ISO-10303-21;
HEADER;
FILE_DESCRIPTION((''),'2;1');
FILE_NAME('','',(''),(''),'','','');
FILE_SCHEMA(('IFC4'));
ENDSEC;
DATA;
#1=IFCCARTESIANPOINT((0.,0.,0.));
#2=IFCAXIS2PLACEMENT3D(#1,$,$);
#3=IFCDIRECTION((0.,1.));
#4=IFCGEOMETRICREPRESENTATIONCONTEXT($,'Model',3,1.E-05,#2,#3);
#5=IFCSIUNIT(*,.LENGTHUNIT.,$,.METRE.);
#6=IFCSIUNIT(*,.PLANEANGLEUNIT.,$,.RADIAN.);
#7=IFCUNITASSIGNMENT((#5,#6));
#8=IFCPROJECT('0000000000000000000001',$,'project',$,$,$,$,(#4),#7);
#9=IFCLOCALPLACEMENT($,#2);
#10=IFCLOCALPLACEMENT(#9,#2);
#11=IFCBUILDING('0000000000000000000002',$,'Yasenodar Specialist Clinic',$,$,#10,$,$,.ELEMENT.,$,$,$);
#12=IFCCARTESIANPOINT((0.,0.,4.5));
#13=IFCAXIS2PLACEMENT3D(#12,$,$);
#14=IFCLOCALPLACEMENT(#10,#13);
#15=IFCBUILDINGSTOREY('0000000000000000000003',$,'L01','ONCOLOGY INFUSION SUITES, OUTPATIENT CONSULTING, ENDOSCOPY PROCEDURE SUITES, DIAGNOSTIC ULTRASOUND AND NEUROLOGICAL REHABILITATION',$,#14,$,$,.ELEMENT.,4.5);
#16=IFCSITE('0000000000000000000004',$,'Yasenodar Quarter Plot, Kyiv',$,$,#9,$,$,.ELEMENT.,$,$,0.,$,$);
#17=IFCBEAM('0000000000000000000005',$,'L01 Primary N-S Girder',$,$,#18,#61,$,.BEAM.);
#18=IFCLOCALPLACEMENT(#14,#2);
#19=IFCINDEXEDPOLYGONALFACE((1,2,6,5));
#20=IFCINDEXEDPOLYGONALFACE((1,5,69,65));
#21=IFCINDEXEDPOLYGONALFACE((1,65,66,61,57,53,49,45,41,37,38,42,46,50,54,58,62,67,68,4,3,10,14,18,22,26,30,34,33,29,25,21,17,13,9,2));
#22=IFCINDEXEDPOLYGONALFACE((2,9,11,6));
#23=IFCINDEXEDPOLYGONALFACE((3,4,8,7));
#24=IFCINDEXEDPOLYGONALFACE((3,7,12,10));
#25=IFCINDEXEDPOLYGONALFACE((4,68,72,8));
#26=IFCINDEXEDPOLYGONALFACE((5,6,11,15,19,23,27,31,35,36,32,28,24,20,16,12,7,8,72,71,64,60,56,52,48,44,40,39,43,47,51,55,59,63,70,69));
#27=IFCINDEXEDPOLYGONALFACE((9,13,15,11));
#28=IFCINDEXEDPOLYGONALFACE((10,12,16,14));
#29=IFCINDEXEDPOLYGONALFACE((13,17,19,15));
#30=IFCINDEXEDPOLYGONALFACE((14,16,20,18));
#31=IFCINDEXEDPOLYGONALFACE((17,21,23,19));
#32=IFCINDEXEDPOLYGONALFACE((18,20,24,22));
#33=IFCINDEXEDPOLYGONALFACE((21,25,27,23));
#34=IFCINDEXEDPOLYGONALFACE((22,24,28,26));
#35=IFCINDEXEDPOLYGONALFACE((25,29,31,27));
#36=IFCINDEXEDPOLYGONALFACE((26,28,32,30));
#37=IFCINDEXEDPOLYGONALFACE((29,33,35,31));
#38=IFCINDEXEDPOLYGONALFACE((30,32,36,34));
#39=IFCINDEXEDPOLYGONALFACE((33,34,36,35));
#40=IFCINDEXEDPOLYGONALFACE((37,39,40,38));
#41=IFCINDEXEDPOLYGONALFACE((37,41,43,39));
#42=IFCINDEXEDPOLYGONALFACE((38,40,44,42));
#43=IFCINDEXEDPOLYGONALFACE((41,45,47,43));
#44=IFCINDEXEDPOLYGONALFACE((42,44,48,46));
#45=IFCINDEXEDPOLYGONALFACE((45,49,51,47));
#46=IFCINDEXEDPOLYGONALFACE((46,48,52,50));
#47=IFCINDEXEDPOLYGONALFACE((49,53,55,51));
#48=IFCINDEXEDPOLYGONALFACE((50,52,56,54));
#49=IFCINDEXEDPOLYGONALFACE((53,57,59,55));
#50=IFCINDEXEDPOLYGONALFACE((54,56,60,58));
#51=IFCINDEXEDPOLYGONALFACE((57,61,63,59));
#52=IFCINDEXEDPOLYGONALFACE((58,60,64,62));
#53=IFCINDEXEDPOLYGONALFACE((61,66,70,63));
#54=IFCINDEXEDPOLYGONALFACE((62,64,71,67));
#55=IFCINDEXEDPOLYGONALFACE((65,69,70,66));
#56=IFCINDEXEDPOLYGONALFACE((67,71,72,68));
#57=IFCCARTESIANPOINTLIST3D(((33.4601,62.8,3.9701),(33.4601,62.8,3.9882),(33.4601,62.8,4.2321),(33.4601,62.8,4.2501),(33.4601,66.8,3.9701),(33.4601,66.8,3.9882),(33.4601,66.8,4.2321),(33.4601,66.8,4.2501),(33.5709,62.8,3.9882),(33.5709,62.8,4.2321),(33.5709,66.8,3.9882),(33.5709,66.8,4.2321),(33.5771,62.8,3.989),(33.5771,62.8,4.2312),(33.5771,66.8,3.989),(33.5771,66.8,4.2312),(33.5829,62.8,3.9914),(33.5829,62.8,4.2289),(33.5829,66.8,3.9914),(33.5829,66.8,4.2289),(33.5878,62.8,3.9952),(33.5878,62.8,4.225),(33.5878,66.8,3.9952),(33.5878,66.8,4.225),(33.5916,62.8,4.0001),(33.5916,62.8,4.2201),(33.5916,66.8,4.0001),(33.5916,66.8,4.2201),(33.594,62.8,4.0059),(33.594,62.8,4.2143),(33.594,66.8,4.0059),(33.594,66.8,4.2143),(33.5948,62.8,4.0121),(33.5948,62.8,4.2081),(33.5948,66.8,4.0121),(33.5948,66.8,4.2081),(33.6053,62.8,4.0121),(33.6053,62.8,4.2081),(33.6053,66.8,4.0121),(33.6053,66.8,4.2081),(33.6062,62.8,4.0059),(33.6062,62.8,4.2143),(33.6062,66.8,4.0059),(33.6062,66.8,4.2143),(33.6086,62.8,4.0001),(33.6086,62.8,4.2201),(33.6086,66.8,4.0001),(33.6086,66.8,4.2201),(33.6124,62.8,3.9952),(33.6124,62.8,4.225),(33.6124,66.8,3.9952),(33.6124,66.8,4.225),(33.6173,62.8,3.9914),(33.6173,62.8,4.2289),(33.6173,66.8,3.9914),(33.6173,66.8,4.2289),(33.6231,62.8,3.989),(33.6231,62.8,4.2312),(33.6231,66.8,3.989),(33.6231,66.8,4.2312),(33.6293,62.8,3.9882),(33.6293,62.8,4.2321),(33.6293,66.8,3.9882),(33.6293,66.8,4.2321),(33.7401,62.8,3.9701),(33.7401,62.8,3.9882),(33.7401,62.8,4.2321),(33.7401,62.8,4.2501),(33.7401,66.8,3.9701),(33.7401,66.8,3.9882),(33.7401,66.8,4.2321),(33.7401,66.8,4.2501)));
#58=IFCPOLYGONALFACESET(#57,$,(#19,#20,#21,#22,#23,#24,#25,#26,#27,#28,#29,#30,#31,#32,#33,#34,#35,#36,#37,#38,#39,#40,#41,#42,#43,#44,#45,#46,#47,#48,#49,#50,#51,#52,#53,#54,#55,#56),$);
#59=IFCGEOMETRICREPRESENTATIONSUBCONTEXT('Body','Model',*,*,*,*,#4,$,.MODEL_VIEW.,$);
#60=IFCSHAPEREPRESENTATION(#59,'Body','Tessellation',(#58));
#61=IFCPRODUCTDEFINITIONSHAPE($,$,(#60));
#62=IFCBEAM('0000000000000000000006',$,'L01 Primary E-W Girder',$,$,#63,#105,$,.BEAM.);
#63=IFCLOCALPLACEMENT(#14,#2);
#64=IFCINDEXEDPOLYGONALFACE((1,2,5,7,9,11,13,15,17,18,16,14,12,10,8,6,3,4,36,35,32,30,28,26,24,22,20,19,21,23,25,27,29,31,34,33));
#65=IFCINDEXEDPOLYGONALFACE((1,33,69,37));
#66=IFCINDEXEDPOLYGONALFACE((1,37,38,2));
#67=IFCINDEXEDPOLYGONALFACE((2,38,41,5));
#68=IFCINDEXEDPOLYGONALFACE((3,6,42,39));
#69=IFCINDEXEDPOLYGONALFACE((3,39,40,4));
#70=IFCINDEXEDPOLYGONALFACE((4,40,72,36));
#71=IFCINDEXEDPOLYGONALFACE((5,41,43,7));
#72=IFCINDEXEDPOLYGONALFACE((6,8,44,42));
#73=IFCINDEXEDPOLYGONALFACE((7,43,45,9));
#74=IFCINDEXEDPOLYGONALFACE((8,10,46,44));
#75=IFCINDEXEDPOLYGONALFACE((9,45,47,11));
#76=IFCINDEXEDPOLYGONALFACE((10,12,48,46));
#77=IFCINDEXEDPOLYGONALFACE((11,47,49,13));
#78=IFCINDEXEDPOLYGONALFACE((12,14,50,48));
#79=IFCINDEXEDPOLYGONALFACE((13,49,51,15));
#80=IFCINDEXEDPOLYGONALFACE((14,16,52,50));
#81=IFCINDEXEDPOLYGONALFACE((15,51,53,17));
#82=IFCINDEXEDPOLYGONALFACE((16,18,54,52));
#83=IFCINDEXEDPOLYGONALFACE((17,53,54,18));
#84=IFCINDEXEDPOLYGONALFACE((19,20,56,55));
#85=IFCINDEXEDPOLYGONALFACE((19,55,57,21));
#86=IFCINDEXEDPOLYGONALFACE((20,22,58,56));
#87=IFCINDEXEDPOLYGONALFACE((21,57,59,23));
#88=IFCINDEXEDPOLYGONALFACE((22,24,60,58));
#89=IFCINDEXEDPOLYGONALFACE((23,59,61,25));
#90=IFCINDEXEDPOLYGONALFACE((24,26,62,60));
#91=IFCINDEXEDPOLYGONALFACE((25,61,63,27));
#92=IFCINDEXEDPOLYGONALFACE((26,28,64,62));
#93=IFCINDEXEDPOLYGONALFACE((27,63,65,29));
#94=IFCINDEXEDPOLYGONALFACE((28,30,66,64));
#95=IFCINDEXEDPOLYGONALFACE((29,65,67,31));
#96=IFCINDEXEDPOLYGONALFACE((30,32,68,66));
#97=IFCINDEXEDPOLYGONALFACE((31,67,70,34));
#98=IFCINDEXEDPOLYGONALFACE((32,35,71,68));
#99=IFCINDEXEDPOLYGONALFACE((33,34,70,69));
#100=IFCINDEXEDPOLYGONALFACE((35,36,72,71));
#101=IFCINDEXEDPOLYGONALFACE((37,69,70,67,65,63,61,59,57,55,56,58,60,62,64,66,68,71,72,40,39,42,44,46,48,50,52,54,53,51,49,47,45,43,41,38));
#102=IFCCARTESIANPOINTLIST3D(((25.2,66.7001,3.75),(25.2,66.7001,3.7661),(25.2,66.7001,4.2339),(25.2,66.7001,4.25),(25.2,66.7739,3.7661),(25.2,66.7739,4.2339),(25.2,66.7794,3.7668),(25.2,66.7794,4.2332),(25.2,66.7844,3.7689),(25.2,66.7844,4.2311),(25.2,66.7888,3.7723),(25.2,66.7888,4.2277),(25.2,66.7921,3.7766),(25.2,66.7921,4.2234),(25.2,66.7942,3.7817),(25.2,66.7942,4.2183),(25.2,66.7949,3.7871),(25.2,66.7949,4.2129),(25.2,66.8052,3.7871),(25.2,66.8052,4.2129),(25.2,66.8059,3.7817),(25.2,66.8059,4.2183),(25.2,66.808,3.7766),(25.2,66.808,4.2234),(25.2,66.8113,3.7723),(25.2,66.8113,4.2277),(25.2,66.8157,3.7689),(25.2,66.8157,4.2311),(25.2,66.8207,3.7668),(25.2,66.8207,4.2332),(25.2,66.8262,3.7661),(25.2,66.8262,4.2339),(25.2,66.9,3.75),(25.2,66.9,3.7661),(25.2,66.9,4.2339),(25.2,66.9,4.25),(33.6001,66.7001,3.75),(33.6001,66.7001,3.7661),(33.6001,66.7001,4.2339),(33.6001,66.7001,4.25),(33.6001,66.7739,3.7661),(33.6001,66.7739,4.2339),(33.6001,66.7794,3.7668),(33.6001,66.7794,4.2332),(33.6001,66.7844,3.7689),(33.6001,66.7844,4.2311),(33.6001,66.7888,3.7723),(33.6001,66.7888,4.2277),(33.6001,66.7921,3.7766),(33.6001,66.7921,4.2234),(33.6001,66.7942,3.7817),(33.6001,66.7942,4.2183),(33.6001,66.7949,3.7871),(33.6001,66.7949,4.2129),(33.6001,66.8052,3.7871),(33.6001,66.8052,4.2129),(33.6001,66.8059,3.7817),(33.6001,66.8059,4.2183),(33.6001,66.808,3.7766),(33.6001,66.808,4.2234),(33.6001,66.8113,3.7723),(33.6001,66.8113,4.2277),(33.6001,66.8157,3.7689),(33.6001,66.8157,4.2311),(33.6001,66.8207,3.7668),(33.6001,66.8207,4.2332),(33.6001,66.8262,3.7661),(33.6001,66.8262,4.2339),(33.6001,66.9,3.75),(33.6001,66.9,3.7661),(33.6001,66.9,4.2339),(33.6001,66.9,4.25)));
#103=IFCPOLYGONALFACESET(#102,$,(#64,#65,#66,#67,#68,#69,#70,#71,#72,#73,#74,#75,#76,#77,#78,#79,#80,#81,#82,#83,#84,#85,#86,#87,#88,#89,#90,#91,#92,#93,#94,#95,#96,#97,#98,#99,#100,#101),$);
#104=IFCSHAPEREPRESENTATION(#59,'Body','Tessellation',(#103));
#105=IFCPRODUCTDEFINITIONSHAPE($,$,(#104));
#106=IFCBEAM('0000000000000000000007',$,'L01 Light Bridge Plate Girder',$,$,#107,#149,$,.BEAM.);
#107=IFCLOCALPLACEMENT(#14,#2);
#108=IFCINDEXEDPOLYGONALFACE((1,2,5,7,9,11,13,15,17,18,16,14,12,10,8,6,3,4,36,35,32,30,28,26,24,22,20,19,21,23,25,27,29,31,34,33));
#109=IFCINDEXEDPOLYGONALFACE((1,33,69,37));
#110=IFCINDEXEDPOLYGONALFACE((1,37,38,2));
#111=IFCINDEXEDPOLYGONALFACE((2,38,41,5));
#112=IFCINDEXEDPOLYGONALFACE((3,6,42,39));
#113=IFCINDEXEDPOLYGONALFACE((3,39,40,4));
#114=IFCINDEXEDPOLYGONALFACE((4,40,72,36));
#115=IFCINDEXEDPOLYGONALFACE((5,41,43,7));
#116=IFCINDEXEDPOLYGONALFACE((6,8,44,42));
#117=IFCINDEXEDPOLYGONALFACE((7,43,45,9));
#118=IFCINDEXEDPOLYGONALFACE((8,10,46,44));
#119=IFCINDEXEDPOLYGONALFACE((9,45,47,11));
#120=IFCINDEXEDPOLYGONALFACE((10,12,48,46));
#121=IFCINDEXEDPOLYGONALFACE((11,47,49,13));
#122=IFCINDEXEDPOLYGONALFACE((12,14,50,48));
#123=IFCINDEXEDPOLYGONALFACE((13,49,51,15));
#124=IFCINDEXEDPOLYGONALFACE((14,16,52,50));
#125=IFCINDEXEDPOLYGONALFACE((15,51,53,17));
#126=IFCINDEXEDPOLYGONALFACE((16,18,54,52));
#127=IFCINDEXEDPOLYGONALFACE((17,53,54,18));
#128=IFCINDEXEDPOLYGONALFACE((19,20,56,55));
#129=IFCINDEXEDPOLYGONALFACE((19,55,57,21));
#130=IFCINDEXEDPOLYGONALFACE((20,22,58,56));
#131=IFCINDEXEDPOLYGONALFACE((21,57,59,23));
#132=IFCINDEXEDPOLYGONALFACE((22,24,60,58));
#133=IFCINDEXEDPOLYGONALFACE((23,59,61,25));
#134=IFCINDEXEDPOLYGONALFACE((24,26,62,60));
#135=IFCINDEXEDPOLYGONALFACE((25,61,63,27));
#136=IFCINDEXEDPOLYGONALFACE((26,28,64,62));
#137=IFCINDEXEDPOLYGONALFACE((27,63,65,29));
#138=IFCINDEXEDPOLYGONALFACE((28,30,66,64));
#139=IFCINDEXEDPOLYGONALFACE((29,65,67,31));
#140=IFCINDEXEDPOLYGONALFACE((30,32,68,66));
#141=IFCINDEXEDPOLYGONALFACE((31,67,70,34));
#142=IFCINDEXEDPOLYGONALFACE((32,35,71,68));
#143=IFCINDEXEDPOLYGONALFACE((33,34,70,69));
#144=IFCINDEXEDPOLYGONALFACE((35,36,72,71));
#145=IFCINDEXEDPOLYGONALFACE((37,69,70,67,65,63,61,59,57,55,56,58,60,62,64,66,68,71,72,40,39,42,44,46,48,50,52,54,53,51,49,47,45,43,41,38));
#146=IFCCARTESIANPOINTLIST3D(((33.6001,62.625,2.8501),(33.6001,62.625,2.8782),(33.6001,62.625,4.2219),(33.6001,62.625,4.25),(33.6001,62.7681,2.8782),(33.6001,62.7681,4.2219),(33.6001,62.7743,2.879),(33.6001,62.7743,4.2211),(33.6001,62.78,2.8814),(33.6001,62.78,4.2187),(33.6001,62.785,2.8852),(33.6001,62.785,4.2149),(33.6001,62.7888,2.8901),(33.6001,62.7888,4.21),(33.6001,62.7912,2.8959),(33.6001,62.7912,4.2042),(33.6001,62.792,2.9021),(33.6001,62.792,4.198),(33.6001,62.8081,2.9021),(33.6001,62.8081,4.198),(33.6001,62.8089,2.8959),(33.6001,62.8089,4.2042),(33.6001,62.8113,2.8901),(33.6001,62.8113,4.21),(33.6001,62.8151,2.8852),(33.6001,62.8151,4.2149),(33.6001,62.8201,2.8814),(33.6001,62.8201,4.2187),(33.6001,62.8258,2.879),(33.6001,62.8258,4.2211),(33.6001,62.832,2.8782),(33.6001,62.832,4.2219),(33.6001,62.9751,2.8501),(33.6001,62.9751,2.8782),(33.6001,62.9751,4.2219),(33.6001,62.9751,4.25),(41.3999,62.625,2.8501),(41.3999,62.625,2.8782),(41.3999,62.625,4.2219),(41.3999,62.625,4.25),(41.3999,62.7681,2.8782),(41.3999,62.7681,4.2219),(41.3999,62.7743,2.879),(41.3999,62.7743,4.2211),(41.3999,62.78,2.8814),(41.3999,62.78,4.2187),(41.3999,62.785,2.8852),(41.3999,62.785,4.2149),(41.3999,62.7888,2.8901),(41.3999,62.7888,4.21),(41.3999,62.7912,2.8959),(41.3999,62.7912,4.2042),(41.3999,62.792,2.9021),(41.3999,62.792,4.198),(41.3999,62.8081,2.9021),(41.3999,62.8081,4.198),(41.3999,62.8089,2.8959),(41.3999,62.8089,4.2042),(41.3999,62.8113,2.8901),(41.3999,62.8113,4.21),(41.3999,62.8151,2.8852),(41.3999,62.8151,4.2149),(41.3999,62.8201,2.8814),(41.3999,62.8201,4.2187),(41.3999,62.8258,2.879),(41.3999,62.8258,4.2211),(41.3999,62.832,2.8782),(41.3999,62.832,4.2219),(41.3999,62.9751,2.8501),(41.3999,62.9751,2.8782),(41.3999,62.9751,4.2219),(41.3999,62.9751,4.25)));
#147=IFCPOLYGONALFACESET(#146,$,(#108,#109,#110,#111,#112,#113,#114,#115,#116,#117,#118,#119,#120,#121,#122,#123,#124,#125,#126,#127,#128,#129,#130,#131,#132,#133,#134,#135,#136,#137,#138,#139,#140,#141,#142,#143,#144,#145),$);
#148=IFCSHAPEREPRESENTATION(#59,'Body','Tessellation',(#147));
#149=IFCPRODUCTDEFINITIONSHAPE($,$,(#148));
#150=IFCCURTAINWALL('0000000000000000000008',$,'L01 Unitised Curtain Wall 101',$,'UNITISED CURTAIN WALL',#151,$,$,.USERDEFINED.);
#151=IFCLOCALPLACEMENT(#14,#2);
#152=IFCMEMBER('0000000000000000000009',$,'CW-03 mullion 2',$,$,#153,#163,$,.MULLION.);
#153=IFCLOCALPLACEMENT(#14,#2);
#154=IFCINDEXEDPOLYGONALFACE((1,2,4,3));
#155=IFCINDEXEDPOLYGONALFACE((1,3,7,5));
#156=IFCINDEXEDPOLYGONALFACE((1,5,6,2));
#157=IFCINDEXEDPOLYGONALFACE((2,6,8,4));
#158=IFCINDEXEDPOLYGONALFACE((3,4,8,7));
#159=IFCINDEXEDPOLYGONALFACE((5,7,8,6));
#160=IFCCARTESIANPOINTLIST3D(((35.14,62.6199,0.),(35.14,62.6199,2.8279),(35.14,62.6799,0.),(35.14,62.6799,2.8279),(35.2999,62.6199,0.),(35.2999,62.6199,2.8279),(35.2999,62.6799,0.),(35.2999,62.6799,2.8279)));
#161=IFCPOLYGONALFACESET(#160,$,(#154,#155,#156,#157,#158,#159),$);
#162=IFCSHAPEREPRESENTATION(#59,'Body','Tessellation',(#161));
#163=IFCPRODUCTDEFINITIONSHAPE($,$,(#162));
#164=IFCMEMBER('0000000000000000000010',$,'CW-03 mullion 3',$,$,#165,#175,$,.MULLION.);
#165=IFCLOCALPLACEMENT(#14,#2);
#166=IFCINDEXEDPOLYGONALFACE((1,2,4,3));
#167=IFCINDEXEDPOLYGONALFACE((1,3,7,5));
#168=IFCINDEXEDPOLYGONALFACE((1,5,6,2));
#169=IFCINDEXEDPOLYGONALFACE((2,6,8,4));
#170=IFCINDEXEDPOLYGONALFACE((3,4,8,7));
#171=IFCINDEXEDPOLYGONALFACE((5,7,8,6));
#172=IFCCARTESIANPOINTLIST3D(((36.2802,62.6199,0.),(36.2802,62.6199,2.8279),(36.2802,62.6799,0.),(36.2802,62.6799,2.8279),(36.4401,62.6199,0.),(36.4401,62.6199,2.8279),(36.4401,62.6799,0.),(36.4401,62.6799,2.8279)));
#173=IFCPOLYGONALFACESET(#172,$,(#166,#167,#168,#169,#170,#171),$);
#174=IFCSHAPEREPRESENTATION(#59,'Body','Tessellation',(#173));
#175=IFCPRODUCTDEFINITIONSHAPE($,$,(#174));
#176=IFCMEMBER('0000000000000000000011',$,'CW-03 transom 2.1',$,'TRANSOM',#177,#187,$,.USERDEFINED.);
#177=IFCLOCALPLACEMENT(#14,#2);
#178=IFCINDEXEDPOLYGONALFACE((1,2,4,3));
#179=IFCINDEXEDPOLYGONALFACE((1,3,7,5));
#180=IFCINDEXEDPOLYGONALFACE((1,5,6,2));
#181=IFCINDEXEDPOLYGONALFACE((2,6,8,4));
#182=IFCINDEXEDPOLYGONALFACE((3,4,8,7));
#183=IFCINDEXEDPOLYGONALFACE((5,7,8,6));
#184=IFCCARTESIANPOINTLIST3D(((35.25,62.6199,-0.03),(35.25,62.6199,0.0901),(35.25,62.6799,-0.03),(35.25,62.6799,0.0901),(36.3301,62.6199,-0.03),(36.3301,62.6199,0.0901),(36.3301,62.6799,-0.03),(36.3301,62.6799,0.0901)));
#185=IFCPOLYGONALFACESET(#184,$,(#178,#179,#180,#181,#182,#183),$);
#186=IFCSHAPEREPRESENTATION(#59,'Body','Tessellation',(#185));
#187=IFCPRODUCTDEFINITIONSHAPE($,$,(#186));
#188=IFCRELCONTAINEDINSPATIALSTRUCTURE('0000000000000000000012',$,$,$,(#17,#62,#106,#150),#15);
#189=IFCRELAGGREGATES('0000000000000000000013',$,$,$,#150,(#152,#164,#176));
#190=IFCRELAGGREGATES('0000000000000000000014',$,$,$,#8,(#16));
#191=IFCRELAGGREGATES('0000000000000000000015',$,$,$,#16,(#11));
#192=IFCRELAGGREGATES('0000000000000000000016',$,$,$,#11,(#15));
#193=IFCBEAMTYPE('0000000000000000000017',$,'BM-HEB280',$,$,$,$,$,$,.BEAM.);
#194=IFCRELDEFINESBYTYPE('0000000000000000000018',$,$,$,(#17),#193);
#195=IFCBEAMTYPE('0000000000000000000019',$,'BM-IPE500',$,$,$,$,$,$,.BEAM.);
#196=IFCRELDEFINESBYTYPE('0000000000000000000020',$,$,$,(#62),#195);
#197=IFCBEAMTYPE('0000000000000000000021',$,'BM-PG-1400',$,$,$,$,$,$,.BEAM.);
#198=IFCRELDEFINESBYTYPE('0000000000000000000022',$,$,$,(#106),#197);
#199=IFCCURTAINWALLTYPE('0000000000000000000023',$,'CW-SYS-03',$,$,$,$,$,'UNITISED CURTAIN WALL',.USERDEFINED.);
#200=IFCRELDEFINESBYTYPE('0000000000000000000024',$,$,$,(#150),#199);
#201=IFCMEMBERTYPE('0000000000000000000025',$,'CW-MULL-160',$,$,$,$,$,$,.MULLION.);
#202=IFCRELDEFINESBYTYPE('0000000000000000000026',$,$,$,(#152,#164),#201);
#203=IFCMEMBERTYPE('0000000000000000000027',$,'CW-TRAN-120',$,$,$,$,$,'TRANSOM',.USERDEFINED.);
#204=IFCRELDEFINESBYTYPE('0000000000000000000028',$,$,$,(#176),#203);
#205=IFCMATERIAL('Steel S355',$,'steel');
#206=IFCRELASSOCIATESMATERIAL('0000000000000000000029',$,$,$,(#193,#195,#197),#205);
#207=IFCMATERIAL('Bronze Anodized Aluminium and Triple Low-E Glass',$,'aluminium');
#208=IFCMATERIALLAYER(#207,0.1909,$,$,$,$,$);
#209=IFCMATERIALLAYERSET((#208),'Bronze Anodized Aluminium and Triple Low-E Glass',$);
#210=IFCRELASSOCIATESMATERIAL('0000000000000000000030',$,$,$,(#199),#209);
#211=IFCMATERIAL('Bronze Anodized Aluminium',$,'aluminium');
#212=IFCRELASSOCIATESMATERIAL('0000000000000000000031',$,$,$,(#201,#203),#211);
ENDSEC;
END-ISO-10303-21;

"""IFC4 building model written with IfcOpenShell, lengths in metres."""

from ifc_helpers import new_model, si_unit, direction, frame, origin, origin_2d, place, context, subcontext, project, spatial, rectangle, i_section, extrude, material, layer, layer_set, material_profile, profile_set, type_object, element, aggregate, save


model = new_model("IFC4")

# Units and contexts
model_context = context("Model", 3, precision=1e-05, world=origin(), true_north=direction((0.0, 1.0)))
body_context = subcontext(model_context, "Body", "Model", "MODEL_VIEW")
ifc_project = project(units=[si_unit("LENGTHUNIT", "METRE"), si_unit("PLANEANGLEUNIT", "RADIAN")], contexts=[model_context])

# Site, building, storey
site_placement = place(None, origin())
site = spatial("IfcSite", under=ifc_project, at=site_placement, Name="Yasenodar Quarter Plot, Kyiv", CompositionType="ELEMENT", RefElevation=0.0)
building_placement = place(site_placement, origin())
building = spatial("IfcBuilding", under=site, at=building_placement, Name="Yasenodar Specialist Clinic", CompositionType="ELEMENT")
storey_placement = place(building_placement, frame((0.0, 0.0, 4.5)))
storey = spatial("IfcBuildingStorey", under=building, at=storey_placement, Name="L01", Description="ONCOLOGY INFUSION SUITES, OUTPATIENT CONSULTING, ENDOSCOPY PROCEDURE SUITES, DIAGNOSTIC ULTRASOUND AND NEUROLOGICAL REHABILITATION", CompositionType="ELEMENT", Elevation=4.5)

# Shared definitions
ifc_material_1 = material(Name="Steel S355", Category="steel")

# Beams
ifc_material_profile_1 = material_profile(ifc_material_1, i_section(OverallWidth=0.28, OverallDepth=0.28, WebThickness=0.0105, FlangeThickness=0.0181, FilletRadius=0.0239, at=origin_2d()), Name="HEB 280")
ifc_profile_set_1 = profile_set([ifc_material_profile_1], Name="Steel S355")
beam_type_1 = type_object("IfcBeamType", Name="BM-HEB280", PredefinedType="BEAM", material=ifc_profile_set_1)
beam_1_placement = place(storey_placement, frame((33.6001, 62.8, 4.1101), z_axis=(0.0, 1.0, 0.0), x_axis=(-1.0, 0.0, 0.0)))
element("IfcBeam", 1, at=beam_1_placement, inside=storey, type_object=beam_type_1, Name="L01 Primary N-S Girder", PredefinedType="BEAM", context=body_context, shape_type="SweptSolid", body=[
    extrude(i_section(OverallWidth=0.28, OverallDepth=0.28, WebThickness=0.0105, FlangeThickness=0.0181, FilletRadius=0.0239, at=origin_2d()), origin(), (0.0, 0.0, 1.0), 4.0),
])
ifc_material_profile_2 = material_profile(ifc_material_1, i_section(OverallWidth=0.2, OverallDepth=0.5, WebThickness=0.0103, FlangeThickness=0.0161, FilletRadius=0.021, at=origin_2d()), Name="IPE 500")
ifc_profile_set_2 = profile_set([ifc_material_profile_2], Name="Steel S355")
beam_type_2 = type_object("IfcBeamType", Name="BM-IPE500", PredefinedType="BEAM", material=ifc_profile_set_2)
beam_2_placement = place(storey_placement, frame((25.2, 66.8, 4.0), z_axis=(1.0, 0.0, 0.0), x_axis=(0.0, 1.0, 0.0)))
element("IfcBeam", 2, at=beam_2_placement, inside=storey, type_object=beam_type_2, Name="L01 Primary E-W Girder", PredefinedType="BEAM", context=body_context, shape_type="SweptSolid", body=[
    extrude(i_section(OverallWidth=0.2, OverallDepth=0.5, WebThickness=0.0103, FlangeThickness=0.0161, FilletRadius=0.021, at=origin_2d()), origin(), (0.0, 0.0, 1.0), 8.4001),
])
ifc_material_profile_3 = material_profile(ifc_material_1, i_section(OverallWidth=0.3501, OverallDepth=1.3999, WebThickness=0.0161, FlangeThickness=0.0281, FilletRadius=0.0239, at=origin_2d()), Name="PG 1400x350")
ifc_profile_set_3 = profile_set([ifc_material_profile_3], Name="Steel S355")
beam_type_3 = type_object("IfcBeamType", Name="BM-PG-1400", PredefinedType="BEAM", material=ifc_profile_set_3)
beam_3_placement = place(storey_placement, frame((33.6001, 62.8, 3.55), z_axis=(1.0, 0.0, 0.0), x_axis=(0.0, 1.0, 0.0)))
element("IfcBeam", 3, at=beam_3_placement, inside=storey, type_object=beam_type_3, Name="L01 Light Bridge Plate Girder", PredefinedType="BEAM", context=body_context, shape_type="SweptSolid", body=[
    extrude(i_section(OverallWidth=0.3501, OverallDepth=1.3999, WebThickness=0.0161, FlangeThickness=0.0281, FilletRadius=0.0239, at=origin_2d()), origin(), (0.0, 0.0, 1.0), 7.7998),
])

# Curtain wall, members
ifc_material_2 = material(Name="Bronze Anodized Aluminium and Triple Low-E Glass", Category="aluminium")
ifc_layer_1 = layer(ifc_material_2, 0.1909)
ifc_layer_set_1 = layer_set([ifc_layer_1], Name="Bronze Anodized Aluminium and Triple Low-E Glass")
curtain_wall_type = type_object("IfcCurtainWallType", Name="CW-SYS-03", ElementType="UNITISED CURTAIN WALL", PredefinedType="USERDEFINED", material=ifc_layer_set_1)
curtain_wall_placement = place(storey_placement, origin())
curtain_wall = element("IfcCurtainWall", 4, at=curtain_wall_placement, inside=storey, type_object=curtain_wall_type, Name="L01 Unitised Curtain Wall 101", ObjectType="UNITISED CURTAIN WALL", PredefinedType="USERDEFINED")
ifc_material_3 = material(Name="Bronze Anodized Aluminium", Category="aluminium")
ifc_material_profile_4 = material_profile(ifc_material_3, rectangle(XDim=0.0601, YDim=0.1599, at=origin_2d()), Name="CW-MULL 60x160")
ifc_profile_set_4 = profile_set([ifc_material_profile_4], Name="Bronze Anodized Aluminium")
member_type_1 = type_object("IfcMemberType", Name="CW-MULL-160", PredefinedType="MULLION", material=ifc_profile_set_4)
member_1_placement = place(storey_placement, frame((35.22, 62.6499, 0.0), z_axis=(0.0, 0.0, 1.0), x_axis=(0.0, 1.0, 0.0)))
member_1 = element("IfcMember", 5, at=member_1_placement, type_object=member_type_1, Name="CW-03 mullion 2", PredefinedType="MULLION", context=body_context, shape_type="SweptSolid", body=[
    extrude(rectangle(XDim=0.0601, YDim=0.1599, at=origin_2d()), origin(), (0.0, 0.0, 1.0), 2.8279),
])
member_2_placement = place(storey_placement, frame((36.3601, 62.6499, 0.0), z_axis=(0.0, 0.0, 1.0), x_axis=(0.0, 1.0, 0.0)))
member_2 = element("IfcMember", 6, at=member_2_placement, type_object=member_type_1, Name="CW-03 mullion 3", PredefinedType="MULLION", context=body_context, shape_type="SweptSolid", body=[
    extrude(rectangle(XDim=0.0601, YDim=0.1599, at=origin_2d()), origin(), (0.0, 0.0, 1.0), 2.8279),
])
ifc_material_profile_5 = material_profile(ifc_material_3, rectangle(XDim=0.0601, YDim=0.1201, at=origin_2d()), Name="CW-TRAN 60x120")
ifc_profile_set_5 = profile_set([ifc_material_profile_5], Name="Bronze Anodized Aluminium")
member_type_2 = type_object("IfcMemberType", Name="CW-TRAN-120", ElementType="TRANSOM", PredefinedType="USERDEFINED", material=ifc_profile_set_5)
member_3_placement = place(storey_placement, frame((35.25, 62.6499, 0.03), z_axis=(1.0, 0.0, 0.0), x_axis=(0.0, 1.0, 0.0)))
member_3 = element("IfcMember", 7, at=member_3_placement, type_object=member_type_2, Name="CW-03 transom 2.1", ObjectType="TRANSOM", PredefinedType="USERDEFINED", context=body_context, shape_type="SweptSolid", body=[
    extrude(rectangle(XDim=0.0601, YDim=0.1201, at=origin_2d()), origin(), (0.0, 0.0, 1.0), 1.0801),
])

aggregate(curtain_wall, [member_1, member_2, member_3])

save(model, "model.ifc")
